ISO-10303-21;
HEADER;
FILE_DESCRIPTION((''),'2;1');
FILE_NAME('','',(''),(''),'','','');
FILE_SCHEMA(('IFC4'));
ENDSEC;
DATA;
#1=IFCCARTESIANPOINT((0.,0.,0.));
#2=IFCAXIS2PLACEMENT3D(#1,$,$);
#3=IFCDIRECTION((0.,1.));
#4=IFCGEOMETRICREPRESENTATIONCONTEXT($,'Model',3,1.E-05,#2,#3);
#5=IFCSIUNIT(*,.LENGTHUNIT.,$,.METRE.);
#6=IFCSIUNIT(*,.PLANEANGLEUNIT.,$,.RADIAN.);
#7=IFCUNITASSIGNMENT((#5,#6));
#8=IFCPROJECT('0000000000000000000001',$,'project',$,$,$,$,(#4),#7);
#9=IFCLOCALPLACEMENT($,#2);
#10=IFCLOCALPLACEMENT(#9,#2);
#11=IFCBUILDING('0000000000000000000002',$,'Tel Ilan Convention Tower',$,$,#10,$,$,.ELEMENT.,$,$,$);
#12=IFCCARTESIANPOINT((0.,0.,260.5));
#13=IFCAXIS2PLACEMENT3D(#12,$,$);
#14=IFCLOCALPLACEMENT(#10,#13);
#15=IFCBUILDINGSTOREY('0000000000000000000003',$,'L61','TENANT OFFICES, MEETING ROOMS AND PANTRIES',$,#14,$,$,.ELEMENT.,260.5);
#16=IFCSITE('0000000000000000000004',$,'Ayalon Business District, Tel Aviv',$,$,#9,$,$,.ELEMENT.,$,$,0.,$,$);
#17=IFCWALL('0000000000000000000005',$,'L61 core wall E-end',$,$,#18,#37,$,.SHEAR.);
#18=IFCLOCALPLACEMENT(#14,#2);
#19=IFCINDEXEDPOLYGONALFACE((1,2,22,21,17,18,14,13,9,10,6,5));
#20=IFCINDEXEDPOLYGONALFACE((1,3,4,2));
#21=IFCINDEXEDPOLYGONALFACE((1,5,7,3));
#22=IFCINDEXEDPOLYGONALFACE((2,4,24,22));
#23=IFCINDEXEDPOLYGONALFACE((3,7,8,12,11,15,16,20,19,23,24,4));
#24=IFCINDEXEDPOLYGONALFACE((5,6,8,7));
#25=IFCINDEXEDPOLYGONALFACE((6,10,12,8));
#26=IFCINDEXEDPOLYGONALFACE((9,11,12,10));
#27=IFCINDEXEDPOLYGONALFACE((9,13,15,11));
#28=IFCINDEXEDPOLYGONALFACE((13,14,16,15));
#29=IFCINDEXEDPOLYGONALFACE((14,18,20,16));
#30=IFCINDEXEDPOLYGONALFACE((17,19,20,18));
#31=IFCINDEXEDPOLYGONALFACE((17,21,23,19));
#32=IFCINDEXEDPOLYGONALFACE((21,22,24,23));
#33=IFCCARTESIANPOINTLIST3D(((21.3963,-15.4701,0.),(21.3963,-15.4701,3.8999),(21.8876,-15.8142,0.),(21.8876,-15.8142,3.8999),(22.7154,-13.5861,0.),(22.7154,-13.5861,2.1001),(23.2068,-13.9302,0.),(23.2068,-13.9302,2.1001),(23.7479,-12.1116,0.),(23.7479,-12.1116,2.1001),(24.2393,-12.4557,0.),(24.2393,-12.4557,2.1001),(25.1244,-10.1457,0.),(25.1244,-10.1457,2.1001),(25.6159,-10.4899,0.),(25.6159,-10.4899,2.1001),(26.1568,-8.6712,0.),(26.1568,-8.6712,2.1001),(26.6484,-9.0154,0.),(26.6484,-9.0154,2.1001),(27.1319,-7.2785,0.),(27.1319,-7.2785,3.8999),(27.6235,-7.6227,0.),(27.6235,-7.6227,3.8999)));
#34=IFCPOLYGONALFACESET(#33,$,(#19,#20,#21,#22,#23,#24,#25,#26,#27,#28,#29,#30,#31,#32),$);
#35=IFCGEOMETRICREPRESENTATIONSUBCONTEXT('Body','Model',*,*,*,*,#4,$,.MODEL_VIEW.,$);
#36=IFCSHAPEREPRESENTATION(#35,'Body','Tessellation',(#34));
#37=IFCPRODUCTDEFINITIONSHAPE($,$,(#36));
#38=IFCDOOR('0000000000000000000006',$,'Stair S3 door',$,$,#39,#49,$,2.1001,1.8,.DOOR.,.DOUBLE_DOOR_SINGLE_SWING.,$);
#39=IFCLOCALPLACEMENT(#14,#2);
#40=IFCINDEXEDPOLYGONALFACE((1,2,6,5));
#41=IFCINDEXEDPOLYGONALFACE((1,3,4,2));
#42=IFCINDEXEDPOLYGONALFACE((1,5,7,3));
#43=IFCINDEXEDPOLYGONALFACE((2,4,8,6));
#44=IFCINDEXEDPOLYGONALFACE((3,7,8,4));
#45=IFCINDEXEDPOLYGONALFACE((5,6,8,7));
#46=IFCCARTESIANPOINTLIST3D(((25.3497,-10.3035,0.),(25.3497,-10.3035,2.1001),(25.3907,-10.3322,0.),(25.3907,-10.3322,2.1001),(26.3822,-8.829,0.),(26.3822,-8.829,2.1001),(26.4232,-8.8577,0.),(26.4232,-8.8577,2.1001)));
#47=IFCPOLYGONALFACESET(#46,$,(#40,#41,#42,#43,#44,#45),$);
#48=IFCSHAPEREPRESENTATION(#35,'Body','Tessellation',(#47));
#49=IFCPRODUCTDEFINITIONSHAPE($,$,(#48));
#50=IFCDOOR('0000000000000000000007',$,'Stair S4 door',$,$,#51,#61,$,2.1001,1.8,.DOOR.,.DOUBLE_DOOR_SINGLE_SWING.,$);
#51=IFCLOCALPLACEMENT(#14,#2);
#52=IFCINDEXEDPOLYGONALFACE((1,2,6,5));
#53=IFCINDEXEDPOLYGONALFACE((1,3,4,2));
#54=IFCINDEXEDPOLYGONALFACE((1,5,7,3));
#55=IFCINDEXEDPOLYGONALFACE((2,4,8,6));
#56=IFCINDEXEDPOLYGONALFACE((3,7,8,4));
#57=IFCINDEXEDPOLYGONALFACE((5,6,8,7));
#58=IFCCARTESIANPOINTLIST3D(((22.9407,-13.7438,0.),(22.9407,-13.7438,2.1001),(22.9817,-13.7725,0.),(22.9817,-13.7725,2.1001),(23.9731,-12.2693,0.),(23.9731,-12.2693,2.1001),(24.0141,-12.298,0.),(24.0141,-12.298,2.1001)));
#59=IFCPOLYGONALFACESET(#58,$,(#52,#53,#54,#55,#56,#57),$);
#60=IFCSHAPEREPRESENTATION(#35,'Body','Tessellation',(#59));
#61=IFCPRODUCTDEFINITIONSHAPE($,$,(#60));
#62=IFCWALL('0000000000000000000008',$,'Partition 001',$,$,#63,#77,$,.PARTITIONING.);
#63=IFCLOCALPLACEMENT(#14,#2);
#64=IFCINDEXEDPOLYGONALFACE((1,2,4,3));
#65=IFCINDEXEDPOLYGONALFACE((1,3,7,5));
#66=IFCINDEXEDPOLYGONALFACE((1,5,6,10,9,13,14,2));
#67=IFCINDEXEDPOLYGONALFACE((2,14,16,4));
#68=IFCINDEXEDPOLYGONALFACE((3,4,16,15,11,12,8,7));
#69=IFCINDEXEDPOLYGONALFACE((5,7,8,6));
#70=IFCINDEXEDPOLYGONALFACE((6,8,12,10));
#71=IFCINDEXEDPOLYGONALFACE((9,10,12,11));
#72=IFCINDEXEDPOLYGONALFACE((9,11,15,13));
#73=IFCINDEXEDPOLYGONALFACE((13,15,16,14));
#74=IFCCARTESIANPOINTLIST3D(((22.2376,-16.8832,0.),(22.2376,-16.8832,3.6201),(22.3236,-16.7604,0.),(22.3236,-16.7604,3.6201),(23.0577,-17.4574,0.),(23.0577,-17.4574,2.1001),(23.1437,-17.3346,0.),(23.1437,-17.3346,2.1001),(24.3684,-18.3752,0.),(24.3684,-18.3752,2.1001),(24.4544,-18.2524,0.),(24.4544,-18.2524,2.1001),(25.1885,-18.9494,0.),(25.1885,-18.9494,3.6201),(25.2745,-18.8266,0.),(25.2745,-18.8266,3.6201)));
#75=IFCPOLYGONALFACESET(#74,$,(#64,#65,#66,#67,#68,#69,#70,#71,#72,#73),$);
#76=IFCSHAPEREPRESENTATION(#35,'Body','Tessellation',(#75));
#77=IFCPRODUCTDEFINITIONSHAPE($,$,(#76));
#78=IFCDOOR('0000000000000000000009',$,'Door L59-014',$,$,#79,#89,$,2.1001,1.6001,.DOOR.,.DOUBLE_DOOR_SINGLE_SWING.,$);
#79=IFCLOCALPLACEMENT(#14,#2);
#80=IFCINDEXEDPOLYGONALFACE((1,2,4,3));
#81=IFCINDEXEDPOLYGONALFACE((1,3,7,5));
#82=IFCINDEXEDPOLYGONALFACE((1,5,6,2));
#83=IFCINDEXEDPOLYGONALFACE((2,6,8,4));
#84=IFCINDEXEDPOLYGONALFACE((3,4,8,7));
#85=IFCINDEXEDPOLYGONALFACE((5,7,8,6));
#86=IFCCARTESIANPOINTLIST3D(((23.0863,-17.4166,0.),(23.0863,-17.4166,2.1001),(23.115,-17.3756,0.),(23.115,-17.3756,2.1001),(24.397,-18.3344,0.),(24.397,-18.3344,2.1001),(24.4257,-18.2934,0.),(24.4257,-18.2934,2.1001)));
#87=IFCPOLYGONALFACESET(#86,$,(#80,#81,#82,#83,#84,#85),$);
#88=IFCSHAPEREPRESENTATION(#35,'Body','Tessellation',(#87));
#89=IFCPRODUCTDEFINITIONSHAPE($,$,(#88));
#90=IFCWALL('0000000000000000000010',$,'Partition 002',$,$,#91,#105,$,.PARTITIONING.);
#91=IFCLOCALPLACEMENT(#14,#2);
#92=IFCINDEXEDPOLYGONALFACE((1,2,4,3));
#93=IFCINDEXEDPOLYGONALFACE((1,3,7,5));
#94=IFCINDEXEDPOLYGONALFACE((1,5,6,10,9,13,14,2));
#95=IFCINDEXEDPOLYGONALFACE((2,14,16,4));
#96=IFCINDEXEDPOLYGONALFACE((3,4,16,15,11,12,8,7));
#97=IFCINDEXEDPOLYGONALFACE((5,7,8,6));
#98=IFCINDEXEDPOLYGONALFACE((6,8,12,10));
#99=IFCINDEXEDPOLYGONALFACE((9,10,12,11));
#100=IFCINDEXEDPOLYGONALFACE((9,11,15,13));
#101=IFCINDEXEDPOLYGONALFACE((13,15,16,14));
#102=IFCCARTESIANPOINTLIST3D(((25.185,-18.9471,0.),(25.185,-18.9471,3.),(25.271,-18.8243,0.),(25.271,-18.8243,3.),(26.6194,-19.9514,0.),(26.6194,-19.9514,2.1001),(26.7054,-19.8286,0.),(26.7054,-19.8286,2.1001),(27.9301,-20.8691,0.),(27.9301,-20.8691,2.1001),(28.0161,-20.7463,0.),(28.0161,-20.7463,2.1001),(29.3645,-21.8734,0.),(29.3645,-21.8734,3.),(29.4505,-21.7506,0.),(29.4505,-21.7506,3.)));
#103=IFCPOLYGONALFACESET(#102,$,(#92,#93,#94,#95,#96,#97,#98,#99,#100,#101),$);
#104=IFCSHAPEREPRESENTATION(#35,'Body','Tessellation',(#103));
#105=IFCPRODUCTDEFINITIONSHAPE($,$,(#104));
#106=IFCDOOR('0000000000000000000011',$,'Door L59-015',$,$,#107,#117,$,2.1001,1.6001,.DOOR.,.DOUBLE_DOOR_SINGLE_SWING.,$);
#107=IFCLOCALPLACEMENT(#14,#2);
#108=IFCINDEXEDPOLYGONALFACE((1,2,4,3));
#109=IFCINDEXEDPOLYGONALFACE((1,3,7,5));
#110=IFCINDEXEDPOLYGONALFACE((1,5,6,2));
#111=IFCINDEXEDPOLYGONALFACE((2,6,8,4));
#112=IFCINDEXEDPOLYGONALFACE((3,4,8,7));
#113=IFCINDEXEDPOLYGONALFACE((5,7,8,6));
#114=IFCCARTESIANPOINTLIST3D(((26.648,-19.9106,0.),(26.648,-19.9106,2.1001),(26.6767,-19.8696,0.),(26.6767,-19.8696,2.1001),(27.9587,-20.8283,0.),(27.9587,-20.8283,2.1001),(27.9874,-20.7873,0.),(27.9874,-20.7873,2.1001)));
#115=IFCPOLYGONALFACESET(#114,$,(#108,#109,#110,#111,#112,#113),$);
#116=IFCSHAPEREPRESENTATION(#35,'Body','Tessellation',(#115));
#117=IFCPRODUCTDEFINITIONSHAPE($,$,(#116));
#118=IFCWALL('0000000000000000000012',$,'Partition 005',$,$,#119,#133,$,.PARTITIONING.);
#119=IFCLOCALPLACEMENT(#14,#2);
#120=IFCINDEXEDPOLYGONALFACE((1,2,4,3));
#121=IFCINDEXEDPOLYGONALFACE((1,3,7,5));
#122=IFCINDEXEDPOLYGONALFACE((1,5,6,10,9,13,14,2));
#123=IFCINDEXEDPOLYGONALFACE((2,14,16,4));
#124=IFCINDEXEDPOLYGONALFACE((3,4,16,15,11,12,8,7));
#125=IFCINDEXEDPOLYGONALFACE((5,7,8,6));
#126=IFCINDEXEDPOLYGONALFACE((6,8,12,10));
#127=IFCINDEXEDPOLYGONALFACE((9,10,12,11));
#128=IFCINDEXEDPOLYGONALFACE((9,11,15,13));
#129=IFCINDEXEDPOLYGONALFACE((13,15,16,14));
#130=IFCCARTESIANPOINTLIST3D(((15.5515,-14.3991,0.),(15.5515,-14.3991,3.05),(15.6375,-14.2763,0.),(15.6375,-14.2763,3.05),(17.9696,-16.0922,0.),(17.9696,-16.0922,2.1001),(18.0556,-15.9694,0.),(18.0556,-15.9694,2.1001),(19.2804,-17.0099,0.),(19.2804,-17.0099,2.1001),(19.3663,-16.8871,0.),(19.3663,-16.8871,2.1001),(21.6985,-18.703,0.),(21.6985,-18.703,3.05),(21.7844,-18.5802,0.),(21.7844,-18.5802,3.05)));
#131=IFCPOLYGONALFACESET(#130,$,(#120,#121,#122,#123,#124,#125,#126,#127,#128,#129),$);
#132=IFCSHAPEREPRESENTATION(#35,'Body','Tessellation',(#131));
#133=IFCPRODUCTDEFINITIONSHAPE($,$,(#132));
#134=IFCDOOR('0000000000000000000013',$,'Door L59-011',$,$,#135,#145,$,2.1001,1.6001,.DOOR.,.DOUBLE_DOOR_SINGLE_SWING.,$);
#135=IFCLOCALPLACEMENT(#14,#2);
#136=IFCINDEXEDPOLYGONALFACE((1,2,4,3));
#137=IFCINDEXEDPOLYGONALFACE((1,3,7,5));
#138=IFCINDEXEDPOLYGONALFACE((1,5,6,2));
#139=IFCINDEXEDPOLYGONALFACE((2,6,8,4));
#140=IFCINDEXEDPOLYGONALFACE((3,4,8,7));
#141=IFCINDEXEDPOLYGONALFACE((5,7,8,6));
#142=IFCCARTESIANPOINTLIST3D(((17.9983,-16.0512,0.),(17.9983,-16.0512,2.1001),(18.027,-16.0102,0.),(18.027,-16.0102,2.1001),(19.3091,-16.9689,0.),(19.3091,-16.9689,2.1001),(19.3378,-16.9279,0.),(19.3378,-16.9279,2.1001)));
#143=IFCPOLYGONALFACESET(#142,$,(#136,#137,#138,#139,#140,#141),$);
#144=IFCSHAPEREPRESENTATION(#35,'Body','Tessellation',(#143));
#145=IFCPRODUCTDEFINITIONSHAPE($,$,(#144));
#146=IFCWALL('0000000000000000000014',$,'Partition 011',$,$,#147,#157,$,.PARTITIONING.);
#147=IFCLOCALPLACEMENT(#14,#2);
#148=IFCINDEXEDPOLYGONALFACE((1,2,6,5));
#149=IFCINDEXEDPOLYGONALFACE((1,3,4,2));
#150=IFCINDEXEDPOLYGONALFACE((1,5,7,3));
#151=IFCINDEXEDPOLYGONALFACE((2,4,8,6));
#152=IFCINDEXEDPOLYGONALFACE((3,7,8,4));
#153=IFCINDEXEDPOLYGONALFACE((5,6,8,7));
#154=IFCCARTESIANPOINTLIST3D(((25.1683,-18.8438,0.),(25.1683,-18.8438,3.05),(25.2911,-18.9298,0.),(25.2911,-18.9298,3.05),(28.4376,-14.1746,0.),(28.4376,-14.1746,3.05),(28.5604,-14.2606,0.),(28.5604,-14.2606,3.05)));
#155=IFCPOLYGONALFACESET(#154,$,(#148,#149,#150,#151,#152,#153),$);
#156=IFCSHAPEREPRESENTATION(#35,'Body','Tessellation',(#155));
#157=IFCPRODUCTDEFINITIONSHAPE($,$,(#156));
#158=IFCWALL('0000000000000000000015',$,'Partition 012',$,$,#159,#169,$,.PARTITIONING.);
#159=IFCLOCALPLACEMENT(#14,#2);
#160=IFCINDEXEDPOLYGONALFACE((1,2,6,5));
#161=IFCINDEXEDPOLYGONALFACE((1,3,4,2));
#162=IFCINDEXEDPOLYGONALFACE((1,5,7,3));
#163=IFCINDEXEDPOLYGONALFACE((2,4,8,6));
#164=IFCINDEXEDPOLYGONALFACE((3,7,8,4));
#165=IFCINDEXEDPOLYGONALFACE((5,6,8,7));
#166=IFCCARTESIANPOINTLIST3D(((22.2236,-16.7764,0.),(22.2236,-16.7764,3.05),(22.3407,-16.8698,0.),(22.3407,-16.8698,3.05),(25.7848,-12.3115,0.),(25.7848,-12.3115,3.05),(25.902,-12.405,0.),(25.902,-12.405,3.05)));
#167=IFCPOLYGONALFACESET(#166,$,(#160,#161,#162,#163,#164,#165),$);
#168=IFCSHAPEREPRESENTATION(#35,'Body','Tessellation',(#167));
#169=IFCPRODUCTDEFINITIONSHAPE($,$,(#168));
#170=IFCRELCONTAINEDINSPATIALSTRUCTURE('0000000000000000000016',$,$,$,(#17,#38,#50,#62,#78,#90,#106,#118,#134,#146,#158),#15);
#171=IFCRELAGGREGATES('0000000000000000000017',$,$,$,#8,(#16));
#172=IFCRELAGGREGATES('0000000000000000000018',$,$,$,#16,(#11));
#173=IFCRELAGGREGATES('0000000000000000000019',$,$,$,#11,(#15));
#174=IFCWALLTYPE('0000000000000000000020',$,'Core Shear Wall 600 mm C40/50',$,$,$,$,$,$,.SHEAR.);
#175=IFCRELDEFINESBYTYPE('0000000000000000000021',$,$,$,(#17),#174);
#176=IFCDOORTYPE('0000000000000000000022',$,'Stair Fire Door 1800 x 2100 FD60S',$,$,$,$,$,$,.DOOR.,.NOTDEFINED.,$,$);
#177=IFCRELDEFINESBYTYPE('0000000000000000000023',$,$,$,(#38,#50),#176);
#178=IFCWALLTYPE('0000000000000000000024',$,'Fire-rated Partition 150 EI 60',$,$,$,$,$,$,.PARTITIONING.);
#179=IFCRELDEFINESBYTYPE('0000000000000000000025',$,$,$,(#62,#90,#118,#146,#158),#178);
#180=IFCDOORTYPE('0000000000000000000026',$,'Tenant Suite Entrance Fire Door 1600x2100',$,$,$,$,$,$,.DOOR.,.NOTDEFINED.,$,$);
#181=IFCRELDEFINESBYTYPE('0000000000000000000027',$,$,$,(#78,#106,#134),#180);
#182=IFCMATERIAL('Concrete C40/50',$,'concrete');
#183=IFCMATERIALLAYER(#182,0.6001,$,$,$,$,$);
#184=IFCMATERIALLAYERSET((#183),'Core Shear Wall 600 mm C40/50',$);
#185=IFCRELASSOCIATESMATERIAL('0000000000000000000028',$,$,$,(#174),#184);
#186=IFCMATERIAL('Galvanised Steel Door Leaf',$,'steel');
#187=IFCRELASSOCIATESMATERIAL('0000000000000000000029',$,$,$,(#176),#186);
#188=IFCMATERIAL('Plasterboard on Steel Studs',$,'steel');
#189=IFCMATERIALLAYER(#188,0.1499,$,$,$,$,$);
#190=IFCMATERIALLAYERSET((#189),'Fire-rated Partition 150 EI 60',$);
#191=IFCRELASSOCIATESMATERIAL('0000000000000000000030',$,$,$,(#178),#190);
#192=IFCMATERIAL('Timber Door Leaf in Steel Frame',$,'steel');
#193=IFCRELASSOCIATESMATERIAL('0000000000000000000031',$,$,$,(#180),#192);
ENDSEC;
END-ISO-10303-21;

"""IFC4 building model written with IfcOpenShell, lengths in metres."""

from ifc_helpers import new_model, si_unit, direction, frame, frame_2d, origin, place, context, subcontext, project, spatial, polyline, rectangle, outline, extrude, material, layer, layer_set, type_object, element, fill, save


model = new_model("IFC4")

# Units and contexts
model_context = context("Model", 3, precision=1e-05, world=origin(), true_north=direction((0.0, 1.0)))
body_context = subcontext(model_context, "Body", "Model", "MODEL_VIEW")
ifc_project = project(units=[si_unit("LENGTHUNIT", "METRE"), si_unit("PLANEANGLEUNIT", "RADIAN")], contexts=[model_context])

# Site, building, storey
site_placement = place(None, origin())
site = spatial("IfcSite", under=ifc_project, at=site_placement, Name="Ayalon Business District, Tel Aviv", CompositionType="ELEMENT", RefElevation=0.0)
building_placement = place(site_placement, origin())
building = spatial("IfcBuilding", under=site, at=building_placement, Name="Tel Ilan Convention Tower", CompositionType="ELEMENT")
storey_placement = place(building_placement, frame((0.0, 0.0, 260.5)))
storey = spatial("IfcBuildingStorey", under=building, at=storey_placement, Name="L61", Description="TENANT OFFICES, MEETING ROOMS AND PANTRIES", CompositionType="ELEMENT", Elevation=260.5)

# Wall, openings, doors
ifc_material_1 = material(Name="Concrete C40/50", Category="concrete")
ifc_layer_1 = layer(ifc_material_1, 0.6001)
ifc_layer_set_1 = layer_set([ifc_layer_1], Name="Core Shear Wall 600 mm C40/50")
wall_type_1 = type_object("IfcWallType", Name="Core Shear Wall 600 mm C40/50", PredefinedType="SHEAR", material=ifc_layer_set_1)
wall_1_placement = place(storey_placement, frame((21.6418, -15.6421, 0.0), z_axis=(0.0, 0.0, 1.0), x_axis=(0.573587, 0.819145, 0.0)))
wall_1 = element("IfcWall", 1, at=wall_1_placement, inside=storey, type_object=wall_type_1, Name="L61 core wall E-end", PredefinedType="SHEAR", context=body_context, shape_type="SweptSolid", body=[
    extrude(outline(polyline([(10.0, 0.3), (0.0, 0.2998), (0.0, -0.3), (10.0, -0.3), (10.0, 0.3)])), origin(), (0.0, 0.0, 1.0), 3.8999),
])
opening_1_placement = place(wall_1_placement, frame((6.5, 0.0, 0.0)))
opening_1 = element("IfcOpeningElement", 2, at=opening_1_placement, cuts=wall_1, PredefinedType="OPENING", context=body_context, shape_type="SweptSolid", body=[
    extrude(rectangle(XDim=1.8, YDim=2.1001, at=frame_2d((0.8999, 1.05))), frame((0.0, 0.3101, 0.0), z_axis=(0.0, -1.0, 0.0), x_axis=(1.0, 0.0, 0.0)), (0.0, 0.0, 1.0), 0.6201),
])
opening_2_placement = place(wall_1_placement, frame((2.3, 0.0, 0.0)))
opening_2 = element("IfcOpeningElement", 3, at=opening_2_placement, cuts=wall_1, PredefinedType="OPENING", context=body_context, shape_type="SweptSolid", body=[
    extrude(rectangle(XDim=1.8, YDim=2.1001, at=frame_2d((0.8999, 1.05))), frame((0.0, 0.3101, 0.0), z_axis=(0.0, -1.0, 0.0), x_axis=(1.0, 0.0, 0.0)), (0.0, 0.0, 1.0), 0.6201),
])
ifc_material_2 = material(Name="Galvanised Steel Door Leaf", Category="steel")
door_type_1 = type_object("IfcDoorType", Name="Stair Fire Door 1800 x 2100 FD60S", OperationType="NOTDEFINED", PredefinedType="DOOR", material=ifc_material_2)
door_1_placement = place(opening_1_placement, origin())
door_1 = element("IfcDoor", 4, at=door_1_placement, inside=storey, type_object=door_type_1, Name="Stair S3 door", OperationType="DOUBLE_DOOR_SINGLE_SWING", OverallHeight=2.1001, OverallWidth=1.8, PredefinedType="DOOR", context=body_context, shape_type="SweptSolid", body=[
    extrude(rectangle(XDim=1.8, YDim=2.1001, at=frame_2d((0.8999, 1.05))), frame((0.0, 0.0249, 0.0), z_axis=(0.0, -1.0, 0.0), x_axis=(1.0, 0.0, 0.0)), (0.0, 0.0, 1.0), 0.05),
])
fill(opening_1, door_1)
door_2_placement = place(opening_2_placement, origin())
door_2 = element("IfcDoor", 5, at=door_2_placement, inside=storey, type_object=door_type_1, Name="Stair S4 door", OperationType="DOUBLE_DOOR_SINGLE_SWING", OverallHeight=2.1001, OverallWidth=1.8, PredefinedType="DOOR", context=body_context, shape_type="SweptSolid", body=[
    extrude(rectangle(XDim=1.8, YDim=2.1001, at=frame_2d((0.8999, 1.05))), frame((0.0, 0.0249, 0.0), z_axis=(0.0, -1.0, 0.0), x_axis=(1.0, 0.0, 0.0)), (0.0, 0.0, 1.0), 0.05),
])
fill(opening_2, door_2)

# Walls, openings, doors
ifc_material_3 = material(Name="Plasterboard on Steel Studs", Category="steel")
ifc_layer_2 = layer(ifc_material_3, 0.1499)
ifc_layer_set_2 = layer_set([ifc_layer_2], Name="Fire-rated Partition 150 EI 60")
wall_type_2 = type_object("IfcWallType", Name="Fire-rated Partition 150 EI 60", PredefinedType="PARTITIONING", material=ifc_layer_set_2)
wall_2_placement = place(storey_placement, frame((22.2805, -16.8218, 0.0), z_axis=(0.0, 0.0, 1.0), x_axis=(0.819165, -0.573558, 0.0)))
wall_2 = element("IfcWall", 6, at=wall_2_placement, inside=storey, type_object=wall_type_2, Name="Partition 001", PredefinedType="PARTITIONING", context=body_context, shape_type="SweptSolid", body=[
    extrude(rectangle(XDim=3.6023, YDim=0.1499, at=frame_2d((1.8013, 0.0))), origin(), (0.0, 0.0, 1.0), 3.6201),
])
opening_3_placement = place(wall_2_placement, frame((1.0012, 0.0, 0.0)))
opening_3 = element("IfcOpeningElement", 7, at=opening_3_placement, cuts=wall_2, PredefinedType="OPENING", context=body_context, shape_type="SweptSolid", body=[
    extrude(rectangle(XDim=1.6001, YDim=2.1001, at=frame_2d((0.8, 1.05))), frame((0.0, 0.085, 0.0), z_axis=(0.0, -1.0, 0.0), x_axis=(1.0, 0.0, 0.0)), (0.0, 0.0, 1.0), 0.1699),
])
ifc_material_4 = material(Name="Timber Door Leaf in Steel Frame", Category="steel")
door_type_2 = type_object("IfcDoorType", Name="Tenant Suite Entrance Fire Door 1600x2100", OperationType="NOTDEFINED", PredefinedType="DOOR", material=ifc_material_4)
door_3_placement = place(opening_3_placement, origin())
door_3 = element("IfcDoor", 8, at=door_3_placement, inside=storey, type_object=door_type_2, Name="Door L59-014", OperationType="DOUBLE_DOOR_SINGLE_SWING", OverallHeight=2.1001, OverallWidth=1.6001, PredefinedType="DOOR", context=body_context, shape_type="SweptSolid", body=[
    extrude(rectangle(XDim=1.6001, YDim=2.1001, at=frame_2d((0.8, 1.05))), frame((0.0, 0.0249, 0.0), z_axis=(0.0, -1.0, 0.0), x_axis=(1.0, 0.0, 0.0)), (0.0, 0.0, 1.0), 0.05),
])
fill(opening_3, door_3)
wall_3_placement = place(storey_placement, frame((25.228, -18.8857, 0.0), z_axis=(0.0, 0.0, 1.0), x_axis=(0.819171, -0.573549, 0.0)))
wall_3 = element("IfcWall", 9, at=wall_3_placement, inside=storey, type_object=wall_type_2, Name="Partition 002", PredefinedType="PARTITIONING", context=body_context, shape_type="SweptSolid", body=[
    extrude(rectangle(XDim=5.1021, YDim=0.1499, at=frame_2d((2.551, 0.0))), origin(), (0.0, 0.0, 1.0), 3.0),
])
opening_4_placement = place(wall_3_placement, frame((1.751, 0.0, 0.0)))
opening_4 = element("IfcOpeningElement", 10, at=opening_4_placement, cuts=wall_3, PredefinedType="OPENING", context=body_context, shape_type="SweptSolid", body=[
    extrude(rectangle(XDim=1.6001, YDim=2.1001, at=frame_2d((0.8, 1.05))), frame((0.0, 0.085, 0.0), z_axis=(0.0, -1.0, 0.0), x_axis=(1.0, 0.0, 0.0)), (0.0, 0.0, 1.0), 0.1699),
])
door_4_placement = place(opening_4_placement, origin())
door_4 = element("IfcDoor", 11, at=door_4_placement, inside=storey, type_object=door_type_2, Name="Door L59-015", OperationType="DOUBLE_DOOR_SINGLE_SWING", OverallHeight=2.1001, OverallWidth=1.6001, PredefinedType="DOOR", context=body_context, shape_type="SweptSolid", body=[
    extrude(rectangle(XDim=1.6001, YDim=2.1001, at=frame_2d((0.8, 1.05))), frame((0.0, 0.0249, 0.0), z_axis=(0.0, -1.0, 0.0), x_axis=(1.0, 0.0, 0.0)), (0.0, 0.0, 1.0), 0.05),
])
fill(opening_4, door_4)
wall_4_placement = place(storey_placement, frame((21.7415, -18.6416, 0.0), z_axis=(0.0, 0.0, 1.0), x_axis=(-0.819165, 0.573558, 0.0)))
wall_4 = element("IfcWall", 12, at=wall_4_placement, inside=storey, type_object=wall_type_2, Name="Partition 005", PredefinedType="PARTITIONING", context=body_context, shape_type="SweptSolid", body=[
    extrude(rectangle(XDim=7.5039, YDim=0.1499, at=frame_2d((3.752, 0.0))), origin(), (0.0, 0.0, 1.0), 3.05),
])
opening_5_placement = place(wall_4_placement, frame((2.9519, 0.0, 0.0)))
opening_5 = element("IfcOpeningElement", 13, at=opening_5_placement, cuts=wall_4, PredefinedType="OPENING", context=body_context, shape_type="SweptSolid", body=[
    extrude(rectangle(XDim=1.6001, YDim=2.1001, at=frame_2d((0.8, 1.05))), frame((0.0, 0.085, 0.0), z_axis=(0.0, -1.0, 0.0), x_axis=(1.0, 0.0, 0.0)), (0.0, 0.0, 1.0), 0.1699),
])
door_5_placement = place(opening_5_placement, origin())
door_5 = element("IfcDoor", 14, at=door_5_placement, inside=storey, type_object=door_type_2, Name="Door L59-011", OperationType="DOUBLE_DOOR_SINGLE_SWING", OverallHeight=2.1001, OverallWidth=1.6001, PredefinedType="DOOR", context=body_context, shape_type="SweptSolid", body=[
    extrude(rectangle(XDim=1.6001, YDim=2.1001, at=frame_2d((0.8, 1.05))), frame((0.0, 0.0249, 0.0), z_axis=(0.0, -1.0, 0.0), x_axis=(1.0, 0.0, 0.0)), (0.0, 0.0, 1.0), 0.05),
])
fill(opening_5, door_5)

# Walls
wall_5_placement = place(storey_placement, frame((28.499, -14.2175, 0.0), z_axis=(0.0, 0.0, 1.0), x_axis=(-0.573563, -0.819161, 0.0)))
element("IfcWall", 15, at=wall_5_placement, inside=storey, type_object=wall_type_2, Name="Partition 011", PredefinedType="PARTITIONING", context=body_context, shape_type="SweptSolid", body=[
    extrude(rectangle(XDim=5.7, YDim=0.1499, at=frame_2d((2.8501, 0.0))), origin(), (0.0, 0.0, 1.0), 3.05),
])
wall_6_placement = place(storey_placement, frame((22.2822, -16.823, 0.0), z_axis=(0.0, 0.0, 1.0), x_axis=(0.623563, 0.781773, 0.0)))
element("IfcWall", 16, at=wall_6_placement, inside=storey, type_object=wall_type_2, Name="Partition 012", PredefinedType="PARTITIONING", context=body_context, shape_type="SweptSolid", body=[
    extrude(rectangle(XDim=5.7112, YDim=0.1499, at=frame_2d((2.8555, 0.0))), origin(), (0.0, 0.0, 1.0), 3.05),
])

save(model, "model.ifc")
